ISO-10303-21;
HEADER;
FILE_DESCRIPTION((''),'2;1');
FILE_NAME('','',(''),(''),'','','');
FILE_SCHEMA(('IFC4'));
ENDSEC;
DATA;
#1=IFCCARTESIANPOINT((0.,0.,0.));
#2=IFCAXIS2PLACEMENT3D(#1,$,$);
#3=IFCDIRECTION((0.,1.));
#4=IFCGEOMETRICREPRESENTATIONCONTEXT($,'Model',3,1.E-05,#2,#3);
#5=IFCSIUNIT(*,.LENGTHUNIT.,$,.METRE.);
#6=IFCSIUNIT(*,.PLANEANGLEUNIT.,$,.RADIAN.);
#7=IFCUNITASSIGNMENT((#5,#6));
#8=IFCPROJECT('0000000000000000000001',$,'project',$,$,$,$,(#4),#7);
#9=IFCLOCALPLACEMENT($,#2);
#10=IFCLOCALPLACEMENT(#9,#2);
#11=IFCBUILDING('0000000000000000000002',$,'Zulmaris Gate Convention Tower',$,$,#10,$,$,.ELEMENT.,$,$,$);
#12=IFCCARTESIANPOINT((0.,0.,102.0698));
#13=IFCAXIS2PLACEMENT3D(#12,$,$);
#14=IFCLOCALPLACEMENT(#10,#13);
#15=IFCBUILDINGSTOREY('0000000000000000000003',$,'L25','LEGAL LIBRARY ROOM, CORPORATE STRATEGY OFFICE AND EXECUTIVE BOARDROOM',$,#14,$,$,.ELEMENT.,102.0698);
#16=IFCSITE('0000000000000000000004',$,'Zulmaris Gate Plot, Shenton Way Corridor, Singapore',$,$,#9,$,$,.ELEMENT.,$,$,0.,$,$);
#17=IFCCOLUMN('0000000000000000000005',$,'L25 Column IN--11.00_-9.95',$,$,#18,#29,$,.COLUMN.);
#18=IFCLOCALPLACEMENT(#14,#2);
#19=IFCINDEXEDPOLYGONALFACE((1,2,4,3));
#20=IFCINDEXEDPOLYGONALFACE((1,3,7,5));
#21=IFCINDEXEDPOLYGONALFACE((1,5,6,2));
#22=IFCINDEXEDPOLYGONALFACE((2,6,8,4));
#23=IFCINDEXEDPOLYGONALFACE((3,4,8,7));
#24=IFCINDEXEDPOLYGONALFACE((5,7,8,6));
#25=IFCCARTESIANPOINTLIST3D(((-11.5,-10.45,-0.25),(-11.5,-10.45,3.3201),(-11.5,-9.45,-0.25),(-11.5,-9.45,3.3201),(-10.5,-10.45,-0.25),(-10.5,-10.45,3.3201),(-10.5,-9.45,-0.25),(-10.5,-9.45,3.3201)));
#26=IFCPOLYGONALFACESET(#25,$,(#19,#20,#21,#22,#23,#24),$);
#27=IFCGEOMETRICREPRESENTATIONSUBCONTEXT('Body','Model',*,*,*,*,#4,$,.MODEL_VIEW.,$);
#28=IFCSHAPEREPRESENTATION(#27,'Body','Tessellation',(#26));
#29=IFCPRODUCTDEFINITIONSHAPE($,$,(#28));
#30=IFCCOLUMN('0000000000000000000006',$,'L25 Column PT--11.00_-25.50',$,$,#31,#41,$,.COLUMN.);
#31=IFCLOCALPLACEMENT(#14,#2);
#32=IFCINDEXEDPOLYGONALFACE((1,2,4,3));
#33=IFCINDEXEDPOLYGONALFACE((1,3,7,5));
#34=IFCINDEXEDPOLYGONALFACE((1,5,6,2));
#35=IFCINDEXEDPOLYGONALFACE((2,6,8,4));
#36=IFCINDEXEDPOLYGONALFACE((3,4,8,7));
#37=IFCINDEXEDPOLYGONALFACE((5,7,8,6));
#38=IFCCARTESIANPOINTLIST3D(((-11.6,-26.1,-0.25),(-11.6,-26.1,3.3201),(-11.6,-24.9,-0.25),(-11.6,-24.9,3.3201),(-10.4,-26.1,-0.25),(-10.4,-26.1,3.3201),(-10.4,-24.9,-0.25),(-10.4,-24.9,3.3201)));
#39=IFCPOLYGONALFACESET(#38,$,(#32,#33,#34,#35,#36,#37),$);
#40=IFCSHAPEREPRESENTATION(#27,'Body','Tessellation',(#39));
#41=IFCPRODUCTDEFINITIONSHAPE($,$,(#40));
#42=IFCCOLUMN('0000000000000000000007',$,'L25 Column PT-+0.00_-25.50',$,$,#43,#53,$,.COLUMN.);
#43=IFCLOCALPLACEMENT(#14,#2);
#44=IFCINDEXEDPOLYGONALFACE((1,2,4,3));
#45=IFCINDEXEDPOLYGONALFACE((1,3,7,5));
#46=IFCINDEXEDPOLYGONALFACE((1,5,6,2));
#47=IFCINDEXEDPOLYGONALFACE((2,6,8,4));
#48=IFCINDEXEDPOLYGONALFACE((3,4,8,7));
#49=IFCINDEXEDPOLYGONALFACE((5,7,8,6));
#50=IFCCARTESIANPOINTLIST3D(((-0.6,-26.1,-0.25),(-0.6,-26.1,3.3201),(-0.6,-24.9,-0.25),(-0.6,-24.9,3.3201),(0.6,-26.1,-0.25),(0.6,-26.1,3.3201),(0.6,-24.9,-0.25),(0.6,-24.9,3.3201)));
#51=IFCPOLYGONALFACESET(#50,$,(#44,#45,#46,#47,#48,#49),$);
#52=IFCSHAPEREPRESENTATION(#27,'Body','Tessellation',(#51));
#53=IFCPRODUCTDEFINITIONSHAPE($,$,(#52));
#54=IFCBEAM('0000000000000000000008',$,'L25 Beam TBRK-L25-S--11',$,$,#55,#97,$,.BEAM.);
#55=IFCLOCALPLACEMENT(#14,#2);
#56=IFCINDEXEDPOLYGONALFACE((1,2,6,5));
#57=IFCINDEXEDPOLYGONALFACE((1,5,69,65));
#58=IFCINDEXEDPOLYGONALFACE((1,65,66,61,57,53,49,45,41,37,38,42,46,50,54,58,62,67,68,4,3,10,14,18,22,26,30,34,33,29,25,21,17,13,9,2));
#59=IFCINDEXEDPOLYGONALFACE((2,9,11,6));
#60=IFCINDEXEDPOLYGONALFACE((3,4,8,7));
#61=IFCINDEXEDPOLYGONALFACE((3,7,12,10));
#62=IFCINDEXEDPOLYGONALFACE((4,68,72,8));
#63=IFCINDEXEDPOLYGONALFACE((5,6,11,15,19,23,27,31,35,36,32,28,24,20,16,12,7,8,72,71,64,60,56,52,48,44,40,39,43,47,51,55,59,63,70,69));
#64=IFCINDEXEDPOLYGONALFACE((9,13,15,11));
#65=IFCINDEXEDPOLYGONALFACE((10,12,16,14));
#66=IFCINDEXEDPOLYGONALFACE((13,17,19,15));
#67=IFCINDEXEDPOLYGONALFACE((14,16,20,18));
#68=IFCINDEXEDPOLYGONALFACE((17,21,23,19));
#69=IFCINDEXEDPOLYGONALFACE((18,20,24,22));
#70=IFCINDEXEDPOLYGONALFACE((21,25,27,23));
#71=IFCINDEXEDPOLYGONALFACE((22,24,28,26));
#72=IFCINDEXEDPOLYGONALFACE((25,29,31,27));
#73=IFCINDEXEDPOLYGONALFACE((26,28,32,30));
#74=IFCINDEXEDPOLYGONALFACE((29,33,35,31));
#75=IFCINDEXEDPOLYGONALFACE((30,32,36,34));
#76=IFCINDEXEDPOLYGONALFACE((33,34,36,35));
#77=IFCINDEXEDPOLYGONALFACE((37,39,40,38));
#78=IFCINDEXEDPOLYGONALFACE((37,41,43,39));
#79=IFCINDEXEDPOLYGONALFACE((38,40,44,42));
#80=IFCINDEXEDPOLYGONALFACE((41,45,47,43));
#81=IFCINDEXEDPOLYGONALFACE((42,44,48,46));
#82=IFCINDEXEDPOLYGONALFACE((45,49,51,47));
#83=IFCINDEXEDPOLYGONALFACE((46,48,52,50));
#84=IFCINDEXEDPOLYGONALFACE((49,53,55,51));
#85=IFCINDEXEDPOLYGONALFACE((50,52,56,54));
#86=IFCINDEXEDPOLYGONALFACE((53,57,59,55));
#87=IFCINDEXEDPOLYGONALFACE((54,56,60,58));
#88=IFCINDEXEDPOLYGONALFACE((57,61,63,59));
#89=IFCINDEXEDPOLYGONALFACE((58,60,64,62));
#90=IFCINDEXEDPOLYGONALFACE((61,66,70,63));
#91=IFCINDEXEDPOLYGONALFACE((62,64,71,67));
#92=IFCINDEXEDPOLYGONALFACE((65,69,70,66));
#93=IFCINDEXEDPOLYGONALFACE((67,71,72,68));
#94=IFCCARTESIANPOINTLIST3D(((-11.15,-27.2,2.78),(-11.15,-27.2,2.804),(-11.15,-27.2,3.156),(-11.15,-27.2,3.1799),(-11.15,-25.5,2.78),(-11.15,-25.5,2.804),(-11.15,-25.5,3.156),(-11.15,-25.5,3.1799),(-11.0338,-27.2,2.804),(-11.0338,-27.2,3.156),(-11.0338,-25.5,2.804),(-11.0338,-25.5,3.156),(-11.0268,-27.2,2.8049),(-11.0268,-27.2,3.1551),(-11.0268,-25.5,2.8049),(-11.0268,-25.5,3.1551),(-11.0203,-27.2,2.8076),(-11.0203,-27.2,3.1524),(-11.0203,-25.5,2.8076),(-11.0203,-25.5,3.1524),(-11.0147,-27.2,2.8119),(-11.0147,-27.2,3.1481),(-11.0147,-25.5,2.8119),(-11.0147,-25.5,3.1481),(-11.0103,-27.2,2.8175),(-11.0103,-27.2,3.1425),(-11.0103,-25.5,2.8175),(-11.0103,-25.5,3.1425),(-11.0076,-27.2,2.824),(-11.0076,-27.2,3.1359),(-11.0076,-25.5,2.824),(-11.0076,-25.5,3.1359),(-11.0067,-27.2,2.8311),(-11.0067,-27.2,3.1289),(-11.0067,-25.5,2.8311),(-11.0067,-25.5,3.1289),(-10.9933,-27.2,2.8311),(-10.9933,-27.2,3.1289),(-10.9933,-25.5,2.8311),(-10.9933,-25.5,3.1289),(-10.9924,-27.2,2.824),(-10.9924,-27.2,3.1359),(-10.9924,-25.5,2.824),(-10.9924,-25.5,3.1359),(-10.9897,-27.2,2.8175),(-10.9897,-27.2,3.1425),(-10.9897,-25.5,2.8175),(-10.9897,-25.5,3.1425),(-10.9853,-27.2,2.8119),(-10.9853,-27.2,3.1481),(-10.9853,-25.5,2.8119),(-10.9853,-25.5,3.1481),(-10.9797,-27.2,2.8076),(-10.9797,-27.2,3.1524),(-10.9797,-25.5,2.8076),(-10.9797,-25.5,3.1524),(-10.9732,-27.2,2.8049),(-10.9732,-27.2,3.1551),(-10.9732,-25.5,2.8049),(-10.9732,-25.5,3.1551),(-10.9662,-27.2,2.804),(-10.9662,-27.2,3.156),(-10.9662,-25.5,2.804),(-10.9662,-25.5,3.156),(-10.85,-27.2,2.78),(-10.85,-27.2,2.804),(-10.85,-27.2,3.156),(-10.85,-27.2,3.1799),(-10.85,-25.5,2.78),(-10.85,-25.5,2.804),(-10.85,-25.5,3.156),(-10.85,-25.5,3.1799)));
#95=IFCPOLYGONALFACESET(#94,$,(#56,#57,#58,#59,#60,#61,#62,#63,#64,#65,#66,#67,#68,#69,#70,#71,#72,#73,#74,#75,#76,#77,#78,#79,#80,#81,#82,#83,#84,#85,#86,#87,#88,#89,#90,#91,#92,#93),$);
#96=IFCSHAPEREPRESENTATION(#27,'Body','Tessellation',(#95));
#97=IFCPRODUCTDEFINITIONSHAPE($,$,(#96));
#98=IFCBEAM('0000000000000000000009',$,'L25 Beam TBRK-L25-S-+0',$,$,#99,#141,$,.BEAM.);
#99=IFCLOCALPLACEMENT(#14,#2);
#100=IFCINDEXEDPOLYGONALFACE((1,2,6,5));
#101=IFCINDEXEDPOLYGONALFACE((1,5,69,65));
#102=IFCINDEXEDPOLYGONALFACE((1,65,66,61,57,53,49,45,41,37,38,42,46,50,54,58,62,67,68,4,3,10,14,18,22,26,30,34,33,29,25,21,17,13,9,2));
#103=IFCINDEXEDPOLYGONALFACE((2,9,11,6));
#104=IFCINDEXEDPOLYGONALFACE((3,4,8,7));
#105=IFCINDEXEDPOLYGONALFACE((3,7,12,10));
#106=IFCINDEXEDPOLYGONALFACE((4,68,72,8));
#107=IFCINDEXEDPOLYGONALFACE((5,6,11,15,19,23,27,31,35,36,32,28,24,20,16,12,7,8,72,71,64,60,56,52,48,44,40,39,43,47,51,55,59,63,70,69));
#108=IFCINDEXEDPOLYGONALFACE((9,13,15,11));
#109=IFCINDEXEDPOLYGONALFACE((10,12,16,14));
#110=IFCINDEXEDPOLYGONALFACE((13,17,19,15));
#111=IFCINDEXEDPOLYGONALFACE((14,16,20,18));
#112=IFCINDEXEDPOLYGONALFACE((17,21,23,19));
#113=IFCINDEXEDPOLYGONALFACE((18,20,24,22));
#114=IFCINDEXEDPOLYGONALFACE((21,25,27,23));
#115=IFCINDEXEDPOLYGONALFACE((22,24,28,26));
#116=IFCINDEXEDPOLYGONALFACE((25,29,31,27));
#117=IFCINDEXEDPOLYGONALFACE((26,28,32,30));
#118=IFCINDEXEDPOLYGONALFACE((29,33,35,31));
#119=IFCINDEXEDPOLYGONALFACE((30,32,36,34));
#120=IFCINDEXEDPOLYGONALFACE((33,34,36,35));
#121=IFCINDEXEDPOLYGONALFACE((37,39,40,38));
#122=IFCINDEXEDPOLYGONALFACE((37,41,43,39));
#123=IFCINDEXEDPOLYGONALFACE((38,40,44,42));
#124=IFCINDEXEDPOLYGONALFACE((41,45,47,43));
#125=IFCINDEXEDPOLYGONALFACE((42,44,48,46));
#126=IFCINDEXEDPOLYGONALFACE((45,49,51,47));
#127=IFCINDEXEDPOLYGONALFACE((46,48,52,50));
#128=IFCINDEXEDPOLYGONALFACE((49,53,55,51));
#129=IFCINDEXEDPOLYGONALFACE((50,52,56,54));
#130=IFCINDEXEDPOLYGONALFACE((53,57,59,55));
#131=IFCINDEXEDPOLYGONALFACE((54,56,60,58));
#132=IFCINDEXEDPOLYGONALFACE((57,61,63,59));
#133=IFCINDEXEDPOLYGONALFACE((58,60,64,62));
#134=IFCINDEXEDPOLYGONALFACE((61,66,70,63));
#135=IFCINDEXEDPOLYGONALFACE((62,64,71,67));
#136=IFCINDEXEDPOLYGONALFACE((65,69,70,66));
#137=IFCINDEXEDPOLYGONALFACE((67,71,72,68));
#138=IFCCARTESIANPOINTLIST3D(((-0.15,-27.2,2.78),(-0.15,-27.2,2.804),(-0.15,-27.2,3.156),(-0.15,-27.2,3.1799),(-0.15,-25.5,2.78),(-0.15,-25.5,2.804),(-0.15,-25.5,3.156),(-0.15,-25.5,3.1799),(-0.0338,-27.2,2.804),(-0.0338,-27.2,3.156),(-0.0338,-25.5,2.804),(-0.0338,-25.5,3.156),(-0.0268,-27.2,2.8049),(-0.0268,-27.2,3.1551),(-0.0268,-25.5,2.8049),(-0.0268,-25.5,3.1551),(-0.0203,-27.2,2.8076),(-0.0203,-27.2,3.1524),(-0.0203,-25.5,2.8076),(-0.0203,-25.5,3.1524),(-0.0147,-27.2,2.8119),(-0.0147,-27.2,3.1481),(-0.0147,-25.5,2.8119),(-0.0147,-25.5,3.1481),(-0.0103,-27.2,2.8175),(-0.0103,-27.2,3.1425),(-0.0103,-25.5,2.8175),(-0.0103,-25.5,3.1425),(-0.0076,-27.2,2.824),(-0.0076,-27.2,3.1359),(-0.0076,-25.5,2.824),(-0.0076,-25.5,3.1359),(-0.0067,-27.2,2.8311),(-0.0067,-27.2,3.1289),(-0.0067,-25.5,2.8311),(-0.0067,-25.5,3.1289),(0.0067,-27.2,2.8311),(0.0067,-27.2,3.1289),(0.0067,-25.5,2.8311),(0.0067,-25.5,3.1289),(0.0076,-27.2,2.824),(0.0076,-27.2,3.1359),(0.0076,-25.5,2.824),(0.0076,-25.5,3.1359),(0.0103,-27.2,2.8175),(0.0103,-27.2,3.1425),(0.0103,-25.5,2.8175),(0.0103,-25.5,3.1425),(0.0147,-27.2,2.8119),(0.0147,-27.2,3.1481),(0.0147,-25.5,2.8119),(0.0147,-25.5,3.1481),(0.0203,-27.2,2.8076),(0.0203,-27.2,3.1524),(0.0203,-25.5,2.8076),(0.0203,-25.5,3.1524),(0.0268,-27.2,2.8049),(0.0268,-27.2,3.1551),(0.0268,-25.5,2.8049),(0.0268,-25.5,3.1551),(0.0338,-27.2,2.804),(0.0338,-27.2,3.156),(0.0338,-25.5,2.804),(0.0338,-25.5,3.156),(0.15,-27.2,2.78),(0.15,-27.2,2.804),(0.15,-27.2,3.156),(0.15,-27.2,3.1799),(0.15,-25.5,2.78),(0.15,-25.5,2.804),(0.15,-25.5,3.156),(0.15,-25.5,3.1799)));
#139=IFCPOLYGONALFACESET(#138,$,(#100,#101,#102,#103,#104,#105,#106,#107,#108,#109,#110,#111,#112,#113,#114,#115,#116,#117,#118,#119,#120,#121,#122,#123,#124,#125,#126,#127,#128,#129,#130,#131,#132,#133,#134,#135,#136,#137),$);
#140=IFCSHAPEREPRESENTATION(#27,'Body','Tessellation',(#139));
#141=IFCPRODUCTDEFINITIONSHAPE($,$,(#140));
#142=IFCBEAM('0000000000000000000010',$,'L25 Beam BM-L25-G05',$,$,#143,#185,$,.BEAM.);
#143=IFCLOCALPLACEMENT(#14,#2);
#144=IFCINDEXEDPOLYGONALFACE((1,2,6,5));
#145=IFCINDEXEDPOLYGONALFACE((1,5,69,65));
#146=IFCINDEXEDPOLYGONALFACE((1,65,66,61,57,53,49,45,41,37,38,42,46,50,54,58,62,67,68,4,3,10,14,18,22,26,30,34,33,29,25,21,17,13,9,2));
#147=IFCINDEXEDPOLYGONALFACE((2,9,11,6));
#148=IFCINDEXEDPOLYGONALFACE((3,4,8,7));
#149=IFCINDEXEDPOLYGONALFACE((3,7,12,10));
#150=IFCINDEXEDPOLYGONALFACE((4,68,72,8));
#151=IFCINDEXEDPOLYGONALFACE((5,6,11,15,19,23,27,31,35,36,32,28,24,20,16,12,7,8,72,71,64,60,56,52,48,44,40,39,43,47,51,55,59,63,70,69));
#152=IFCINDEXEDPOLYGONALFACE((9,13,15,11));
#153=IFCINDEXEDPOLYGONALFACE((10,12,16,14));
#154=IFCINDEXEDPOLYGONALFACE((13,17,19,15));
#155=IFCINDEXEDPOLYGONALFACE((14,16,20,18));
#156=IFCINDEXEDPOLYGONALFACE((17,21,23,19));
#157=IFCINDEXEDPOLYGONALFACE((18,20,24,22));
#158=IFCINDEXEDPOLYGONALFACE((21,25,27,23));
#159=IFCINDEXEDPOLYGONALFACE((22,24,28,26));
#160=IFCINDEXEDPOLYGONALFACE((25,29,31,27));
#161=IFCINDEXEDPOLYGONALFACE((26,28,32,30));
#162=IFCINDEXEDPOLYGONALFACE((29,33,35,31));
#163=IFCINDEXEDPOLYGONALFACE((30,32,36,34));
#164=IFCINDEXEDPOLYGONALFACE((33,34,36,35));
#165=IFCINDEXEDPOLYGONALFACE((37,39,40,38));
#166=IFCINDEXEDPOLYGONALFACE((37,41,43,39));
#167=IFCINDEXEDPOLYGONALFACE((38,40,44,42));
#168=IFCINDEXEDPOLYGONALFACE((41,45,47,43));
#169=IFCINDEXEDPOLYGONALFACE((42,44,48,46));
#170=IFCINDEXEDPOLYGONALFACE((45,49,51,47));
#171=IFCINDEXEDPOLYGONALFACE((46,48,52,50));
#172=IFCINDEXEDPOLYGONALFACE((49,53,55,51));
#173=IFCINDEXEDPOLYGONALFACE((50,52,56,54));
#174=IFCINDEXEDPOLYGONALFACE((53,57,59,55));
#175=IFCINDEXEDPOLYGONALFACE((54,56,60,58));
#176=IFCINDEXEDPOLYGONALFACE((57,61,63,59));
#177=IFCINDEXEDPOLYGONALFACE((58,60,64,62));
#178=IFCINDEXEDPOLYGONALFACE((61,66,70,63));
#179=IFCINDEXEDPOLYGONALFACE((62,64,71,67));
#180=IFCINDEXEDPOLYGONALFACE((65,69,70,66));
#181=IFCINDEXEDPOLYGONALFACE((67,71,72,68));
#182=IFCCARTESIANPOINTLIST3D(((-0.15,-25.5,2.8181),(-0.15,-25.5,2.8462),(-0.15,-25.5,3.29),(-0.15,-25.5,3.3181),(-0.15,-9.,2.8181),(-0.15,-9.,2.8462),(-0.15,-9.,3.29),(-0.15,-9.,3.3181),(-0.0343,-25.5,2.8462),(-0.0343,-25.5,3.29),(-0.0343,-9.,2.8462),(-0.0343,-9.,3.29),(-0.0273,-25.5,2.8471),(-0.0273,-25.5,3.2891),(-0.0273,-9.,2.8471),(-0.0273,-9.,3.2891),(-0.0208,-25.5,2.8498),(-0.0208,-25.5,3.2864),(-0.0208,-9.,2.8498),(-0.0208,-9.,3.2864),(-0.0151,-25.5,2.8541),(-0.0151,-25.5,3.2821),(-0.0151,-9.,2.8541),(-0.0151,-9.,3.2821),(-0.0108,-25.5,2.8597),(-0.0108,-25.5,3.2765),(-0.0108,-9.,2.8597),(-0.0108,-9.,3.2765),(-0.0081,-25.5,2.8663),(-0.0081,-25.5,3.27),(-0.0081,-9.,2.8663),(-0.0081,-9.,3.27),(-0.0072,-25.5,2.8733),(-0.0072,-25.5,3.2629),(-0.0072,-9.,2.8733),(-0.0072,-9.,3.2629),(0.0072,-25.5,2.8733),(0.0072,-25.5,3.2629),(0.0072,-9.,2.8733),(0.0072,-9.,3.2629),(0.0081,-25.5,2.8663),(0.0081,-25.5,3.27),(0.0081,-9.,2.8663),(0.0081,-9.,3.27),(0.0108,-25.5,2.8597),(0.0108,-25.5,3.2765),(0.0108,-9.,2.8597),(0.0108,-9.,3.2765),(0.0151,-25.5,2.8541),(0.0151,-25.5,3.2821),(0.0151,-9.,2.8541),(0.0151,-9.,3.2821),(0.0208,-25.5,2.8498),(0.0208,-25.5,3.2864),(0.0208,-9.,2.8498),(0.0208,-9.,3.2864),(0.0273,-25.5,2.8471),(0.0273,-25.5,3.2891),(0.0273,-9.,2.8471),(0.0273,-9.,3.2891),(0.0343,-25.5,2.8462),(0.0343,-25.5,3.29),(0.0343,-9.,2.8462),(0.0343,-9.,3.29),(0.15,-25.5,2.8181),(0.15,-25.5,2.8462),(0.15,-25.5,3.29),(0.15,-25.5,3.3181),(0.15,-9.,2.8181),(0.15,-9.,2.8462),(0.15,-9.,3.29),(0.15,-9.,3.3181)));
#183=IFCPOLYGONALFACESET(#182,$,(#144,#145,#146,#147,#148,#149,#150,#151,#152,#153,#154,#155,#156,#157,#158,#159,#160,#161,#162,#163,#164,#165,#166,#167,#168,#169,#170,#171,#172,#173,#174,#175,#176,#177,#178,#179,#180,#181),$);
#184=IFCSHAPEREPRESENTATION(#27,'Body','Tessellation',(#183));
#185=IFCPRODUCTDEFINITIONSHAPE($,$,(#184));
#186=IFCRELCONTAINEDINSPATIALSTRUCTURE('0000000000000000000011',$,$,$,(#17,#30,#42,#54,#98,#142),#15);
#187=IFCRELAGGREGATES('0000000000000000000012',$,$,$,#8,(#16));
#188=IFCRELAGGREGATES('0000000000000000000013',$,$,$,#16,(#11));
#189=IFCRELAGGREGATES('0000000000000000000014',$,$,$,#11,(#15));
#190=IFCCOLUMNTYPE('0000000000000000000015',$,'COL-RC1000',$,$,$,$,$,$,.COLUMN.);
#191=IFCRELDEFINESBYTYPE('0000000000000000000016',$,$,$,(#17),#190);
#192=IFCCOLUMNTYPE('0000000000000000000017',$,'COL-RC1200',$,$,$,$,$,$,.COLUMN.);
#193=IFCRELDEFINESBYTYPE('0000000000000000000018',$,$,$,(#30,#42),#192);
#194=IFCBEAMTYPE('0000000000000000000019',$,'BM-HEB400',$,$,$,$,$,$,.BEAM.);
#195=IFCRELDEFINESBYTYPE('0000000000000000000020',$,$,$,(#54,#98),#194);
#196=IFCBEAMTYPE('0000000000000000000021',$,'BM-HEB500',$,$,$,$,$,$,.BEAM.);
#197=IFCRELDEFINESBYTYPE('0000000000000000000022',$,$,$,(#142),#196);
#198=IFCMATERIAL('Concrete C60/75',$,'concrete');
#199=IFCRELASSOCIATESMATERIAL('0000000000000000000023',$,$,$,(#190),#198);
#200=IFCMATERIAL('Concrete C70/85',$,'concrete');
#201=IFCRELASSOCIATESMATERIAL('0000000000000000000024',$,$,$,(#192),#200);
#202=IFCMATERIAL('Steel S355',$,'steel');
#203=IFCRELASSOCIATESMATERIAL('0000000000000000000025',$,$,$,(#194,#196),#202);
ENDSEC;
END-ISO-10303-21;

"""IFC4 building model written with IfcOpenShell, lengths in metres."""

from ifc_helpers import new_model, si_unit, direction, frame, origin, origin_2d, place, context, subcontext, project, spatial, rectangle, i_section, extrude, material, material_profile, profile_set, type_object, element, save


model = new_model("IFC4")

# Units and contexts
model_context = context("Model", 3, precision=1e-05, world=origin(), true_north=direction((0.0, 1.0)))
body_context = subcontext(model_context, "Body", "Model", "MODEL_VIEW")
ifc_project = project(units=[si_unit("LENGTHUNIT", "METRE"), si_unit("PLANEANGLEUNIT", "RADIAN")], contexts=[model_context])

# Site, building, storey
site_placement = place(None, origin())
site = spatial("IfcSite", under=ifc_project, at=site_placement, Name="Zulmaris Gate Plot, Shenton Way Corridor, Singapore", CompositionType="ELEMENT", RefElevation=0.0)
building_placement = place(site_placement, origin())
building = spatial("IfcBuilding", under=site, at=building_placement, Name="Zulmaris Gate Convention Tower", CompositionType="ELEMENT")
storey_placement = place(building_placement, frame((0.0, 0.0, 102.0698)))
storey = spatial("IfcBuildingStorey", under=building, at=storey_placement, Name="L25", Description="LEGAL LIBRARY ROOM, CORPORATE STRATEGY OFFICE AND EXECUTIVE BOARDROOM", CompositionType="ELEMENT", Elevation=102.0698)

# Columns
ifc_material_1 = material(Name="Concrete C60/75", Category="concrete")
ifc_material_profile_1 = material_profile(ifc_material_1, rectangle(XDim=1.0, YDim=1.0, at=origin_2d()), Name="RC COL 1000x1000")
ifc_profile_set_1 = profile_set([ifc_material_profile_1], Name="Concrete C60/75")
column_type_1 = type_object("IfcColumnType", Name="COL-RC1000", PredefinedType="COLUMN", material=ifc_profile_set_1)
column_placement = place(storey_placement, frame((-11.0, -9.95, -0.25), z_axis=(0.0, 0.0, 1.0), x_axis=(1.0, 0.0, 0.0)))
element("IfcColumn", 1, at=column_placement, inside=storey, type_object=column_type_1, Name="L25 Column IN--11.00_-9.95", PredefinedType="COLUMN", context=body_context, shape_type="SweptSolid", body=[
    extrude(rectangle(XDim=1.0, YDim=1.0, at=origin_2d()), origin(), (0.0, 0.0, 1.0), 3.5701),
])
ifc_material_2 = material(Name="Concrete C70/85", Category="concrete")
ifc_material_profile_2 = material_profile(ifc_material_2, rectangle(XDim=1.2, YDim=1.2, at=origin_2d()), Name="RC COL 1200x1200")
ifc_profile_set_2 = profile_set([ifc_material_profile_2], Name="Concrete C70/85")
column_type_2 = type_object("IfcColumnType", Name="COL-RC1200", PredefinedType="COLUMN", material=ifc_profile_set_2)
for number, where, z_axis, x_axis, name in (
    (2, (-11.0, -25.5, -0.25), (0.0, 0.0, 1.0), (1.0, 0.0, 0.0), "L25 Column PT--11.00_-25.50"),
    (3, (0.0, -25.5, -0.25), (0.0, 0.0, 1.0), (1.0, 0.0, 0.0), "L25 Column PT-+0.00_-25.50"),
):
    element("IfcColumn", number, at=place(storey_placement, frame(where, z_axis=z_axis, x_axis=x_axis)), inside=storey, type_object=column_type_2, Name=name, PredefinedType="COLUMN", context=body_context, shape_type="SweptSolid", body=[
        extrude(rectangle(XDim=1.2, YDim=1.2, at=origin_2d()), origin(), (0.0, 0.0, 1.0), 3.5701),
    ])

# Beams
ifc_material_3 = material(Name="Steel S355", Category="steel")
ifc_material_profile_3 = material_profile(ifc_material_3, i_section(OverallWidth=0.3, OverallDepth=0.3999, WebThickness=0.0134, FlangeThickness=0.0239, FilletRadius=0.0271, at=origin_2d()), Name="HEB 400")
ifc_profile_set_3 = profile_set([ifc_material_profile_3], Name="Steel S355")
beam_type_1 = type_object("IfcBeamType", Name="BM-HEB400", PredefinedType="BEAM", material=ifc_profile_set_3)
for number, where, z_axis, x_axis, name in (
    (4, (-11.0, -27.2, 2.98), (0.0, 1.0, 0.0), (-1.0, 0.0, 0.0), "L25 Beam TBRK-L25-S--11"),
    (5, (0.0, -27.2, 2.98), (0.0, 1.0, 0.0), (-1.0, 0.0, 0.0), "L25 Beam TBRK-L25-S-+0"),
):
    element("IfcBeam", number, at=place(storey_placement, frame(where, z_axis=z_axis, x_axis=x_axis)), inside=storey, type_object=beam_type_1, Name=name, PredefinedType="BEAM", context=body_context, shape_type="SweptSolid", body=[
        extrude(i_section(OverallWidth=0.3, OverallDepth=0.3999, WebThickness=0.0134, FlangeThickness=0.0239, FilletRadius=0.0271, at=origin_2d()), origin(), (0.0, 0.0, 1.0), 1.7),
    ])
ifc_material_profile_4 = material_profile(ifc_material_3, i_section(OverallWidth=0.3, OverallDepth=0.5, WebThickness=0.0144, FlangeThickness=0.0281, FilletRadius=0.0271, at=origin_2d()), Name="HEB 500")
ifc_profile_set_4 = profile_set([ifc_material_profile_4], Name="Steel S355")
beam_type_2 = type_object("IfcBeamType", Name="BM-HEB500", PredefinedType="BEAM", material=ifc_profile_set_4)
beam_1_placement = place(storey_placement, frame((0.0, -25.5, 3.0681), z_axis=(0.0, 1.0, 0.0), x_axis=(-1.0, 0.0, 0.0)))
element("IfcBeam", 6, at=beam_1_placement, inside=storey, type_object=beam_type_2, Name="L25 Beam BM-L25-G05", PredefinedType="BEAM", context=body_context, shape_type="SweptSolid", body=[
    extrude(i_section(OverallWidth=0.3, OverallDepth=0.5, WebThickness=0.0144, FlangeThickness=0.0281, FilletRadius=0.0271, at=origin_2d()), origin(), (0.0, 0.0, 1.0), 16.5),
])

save(model, "model.ifc")
